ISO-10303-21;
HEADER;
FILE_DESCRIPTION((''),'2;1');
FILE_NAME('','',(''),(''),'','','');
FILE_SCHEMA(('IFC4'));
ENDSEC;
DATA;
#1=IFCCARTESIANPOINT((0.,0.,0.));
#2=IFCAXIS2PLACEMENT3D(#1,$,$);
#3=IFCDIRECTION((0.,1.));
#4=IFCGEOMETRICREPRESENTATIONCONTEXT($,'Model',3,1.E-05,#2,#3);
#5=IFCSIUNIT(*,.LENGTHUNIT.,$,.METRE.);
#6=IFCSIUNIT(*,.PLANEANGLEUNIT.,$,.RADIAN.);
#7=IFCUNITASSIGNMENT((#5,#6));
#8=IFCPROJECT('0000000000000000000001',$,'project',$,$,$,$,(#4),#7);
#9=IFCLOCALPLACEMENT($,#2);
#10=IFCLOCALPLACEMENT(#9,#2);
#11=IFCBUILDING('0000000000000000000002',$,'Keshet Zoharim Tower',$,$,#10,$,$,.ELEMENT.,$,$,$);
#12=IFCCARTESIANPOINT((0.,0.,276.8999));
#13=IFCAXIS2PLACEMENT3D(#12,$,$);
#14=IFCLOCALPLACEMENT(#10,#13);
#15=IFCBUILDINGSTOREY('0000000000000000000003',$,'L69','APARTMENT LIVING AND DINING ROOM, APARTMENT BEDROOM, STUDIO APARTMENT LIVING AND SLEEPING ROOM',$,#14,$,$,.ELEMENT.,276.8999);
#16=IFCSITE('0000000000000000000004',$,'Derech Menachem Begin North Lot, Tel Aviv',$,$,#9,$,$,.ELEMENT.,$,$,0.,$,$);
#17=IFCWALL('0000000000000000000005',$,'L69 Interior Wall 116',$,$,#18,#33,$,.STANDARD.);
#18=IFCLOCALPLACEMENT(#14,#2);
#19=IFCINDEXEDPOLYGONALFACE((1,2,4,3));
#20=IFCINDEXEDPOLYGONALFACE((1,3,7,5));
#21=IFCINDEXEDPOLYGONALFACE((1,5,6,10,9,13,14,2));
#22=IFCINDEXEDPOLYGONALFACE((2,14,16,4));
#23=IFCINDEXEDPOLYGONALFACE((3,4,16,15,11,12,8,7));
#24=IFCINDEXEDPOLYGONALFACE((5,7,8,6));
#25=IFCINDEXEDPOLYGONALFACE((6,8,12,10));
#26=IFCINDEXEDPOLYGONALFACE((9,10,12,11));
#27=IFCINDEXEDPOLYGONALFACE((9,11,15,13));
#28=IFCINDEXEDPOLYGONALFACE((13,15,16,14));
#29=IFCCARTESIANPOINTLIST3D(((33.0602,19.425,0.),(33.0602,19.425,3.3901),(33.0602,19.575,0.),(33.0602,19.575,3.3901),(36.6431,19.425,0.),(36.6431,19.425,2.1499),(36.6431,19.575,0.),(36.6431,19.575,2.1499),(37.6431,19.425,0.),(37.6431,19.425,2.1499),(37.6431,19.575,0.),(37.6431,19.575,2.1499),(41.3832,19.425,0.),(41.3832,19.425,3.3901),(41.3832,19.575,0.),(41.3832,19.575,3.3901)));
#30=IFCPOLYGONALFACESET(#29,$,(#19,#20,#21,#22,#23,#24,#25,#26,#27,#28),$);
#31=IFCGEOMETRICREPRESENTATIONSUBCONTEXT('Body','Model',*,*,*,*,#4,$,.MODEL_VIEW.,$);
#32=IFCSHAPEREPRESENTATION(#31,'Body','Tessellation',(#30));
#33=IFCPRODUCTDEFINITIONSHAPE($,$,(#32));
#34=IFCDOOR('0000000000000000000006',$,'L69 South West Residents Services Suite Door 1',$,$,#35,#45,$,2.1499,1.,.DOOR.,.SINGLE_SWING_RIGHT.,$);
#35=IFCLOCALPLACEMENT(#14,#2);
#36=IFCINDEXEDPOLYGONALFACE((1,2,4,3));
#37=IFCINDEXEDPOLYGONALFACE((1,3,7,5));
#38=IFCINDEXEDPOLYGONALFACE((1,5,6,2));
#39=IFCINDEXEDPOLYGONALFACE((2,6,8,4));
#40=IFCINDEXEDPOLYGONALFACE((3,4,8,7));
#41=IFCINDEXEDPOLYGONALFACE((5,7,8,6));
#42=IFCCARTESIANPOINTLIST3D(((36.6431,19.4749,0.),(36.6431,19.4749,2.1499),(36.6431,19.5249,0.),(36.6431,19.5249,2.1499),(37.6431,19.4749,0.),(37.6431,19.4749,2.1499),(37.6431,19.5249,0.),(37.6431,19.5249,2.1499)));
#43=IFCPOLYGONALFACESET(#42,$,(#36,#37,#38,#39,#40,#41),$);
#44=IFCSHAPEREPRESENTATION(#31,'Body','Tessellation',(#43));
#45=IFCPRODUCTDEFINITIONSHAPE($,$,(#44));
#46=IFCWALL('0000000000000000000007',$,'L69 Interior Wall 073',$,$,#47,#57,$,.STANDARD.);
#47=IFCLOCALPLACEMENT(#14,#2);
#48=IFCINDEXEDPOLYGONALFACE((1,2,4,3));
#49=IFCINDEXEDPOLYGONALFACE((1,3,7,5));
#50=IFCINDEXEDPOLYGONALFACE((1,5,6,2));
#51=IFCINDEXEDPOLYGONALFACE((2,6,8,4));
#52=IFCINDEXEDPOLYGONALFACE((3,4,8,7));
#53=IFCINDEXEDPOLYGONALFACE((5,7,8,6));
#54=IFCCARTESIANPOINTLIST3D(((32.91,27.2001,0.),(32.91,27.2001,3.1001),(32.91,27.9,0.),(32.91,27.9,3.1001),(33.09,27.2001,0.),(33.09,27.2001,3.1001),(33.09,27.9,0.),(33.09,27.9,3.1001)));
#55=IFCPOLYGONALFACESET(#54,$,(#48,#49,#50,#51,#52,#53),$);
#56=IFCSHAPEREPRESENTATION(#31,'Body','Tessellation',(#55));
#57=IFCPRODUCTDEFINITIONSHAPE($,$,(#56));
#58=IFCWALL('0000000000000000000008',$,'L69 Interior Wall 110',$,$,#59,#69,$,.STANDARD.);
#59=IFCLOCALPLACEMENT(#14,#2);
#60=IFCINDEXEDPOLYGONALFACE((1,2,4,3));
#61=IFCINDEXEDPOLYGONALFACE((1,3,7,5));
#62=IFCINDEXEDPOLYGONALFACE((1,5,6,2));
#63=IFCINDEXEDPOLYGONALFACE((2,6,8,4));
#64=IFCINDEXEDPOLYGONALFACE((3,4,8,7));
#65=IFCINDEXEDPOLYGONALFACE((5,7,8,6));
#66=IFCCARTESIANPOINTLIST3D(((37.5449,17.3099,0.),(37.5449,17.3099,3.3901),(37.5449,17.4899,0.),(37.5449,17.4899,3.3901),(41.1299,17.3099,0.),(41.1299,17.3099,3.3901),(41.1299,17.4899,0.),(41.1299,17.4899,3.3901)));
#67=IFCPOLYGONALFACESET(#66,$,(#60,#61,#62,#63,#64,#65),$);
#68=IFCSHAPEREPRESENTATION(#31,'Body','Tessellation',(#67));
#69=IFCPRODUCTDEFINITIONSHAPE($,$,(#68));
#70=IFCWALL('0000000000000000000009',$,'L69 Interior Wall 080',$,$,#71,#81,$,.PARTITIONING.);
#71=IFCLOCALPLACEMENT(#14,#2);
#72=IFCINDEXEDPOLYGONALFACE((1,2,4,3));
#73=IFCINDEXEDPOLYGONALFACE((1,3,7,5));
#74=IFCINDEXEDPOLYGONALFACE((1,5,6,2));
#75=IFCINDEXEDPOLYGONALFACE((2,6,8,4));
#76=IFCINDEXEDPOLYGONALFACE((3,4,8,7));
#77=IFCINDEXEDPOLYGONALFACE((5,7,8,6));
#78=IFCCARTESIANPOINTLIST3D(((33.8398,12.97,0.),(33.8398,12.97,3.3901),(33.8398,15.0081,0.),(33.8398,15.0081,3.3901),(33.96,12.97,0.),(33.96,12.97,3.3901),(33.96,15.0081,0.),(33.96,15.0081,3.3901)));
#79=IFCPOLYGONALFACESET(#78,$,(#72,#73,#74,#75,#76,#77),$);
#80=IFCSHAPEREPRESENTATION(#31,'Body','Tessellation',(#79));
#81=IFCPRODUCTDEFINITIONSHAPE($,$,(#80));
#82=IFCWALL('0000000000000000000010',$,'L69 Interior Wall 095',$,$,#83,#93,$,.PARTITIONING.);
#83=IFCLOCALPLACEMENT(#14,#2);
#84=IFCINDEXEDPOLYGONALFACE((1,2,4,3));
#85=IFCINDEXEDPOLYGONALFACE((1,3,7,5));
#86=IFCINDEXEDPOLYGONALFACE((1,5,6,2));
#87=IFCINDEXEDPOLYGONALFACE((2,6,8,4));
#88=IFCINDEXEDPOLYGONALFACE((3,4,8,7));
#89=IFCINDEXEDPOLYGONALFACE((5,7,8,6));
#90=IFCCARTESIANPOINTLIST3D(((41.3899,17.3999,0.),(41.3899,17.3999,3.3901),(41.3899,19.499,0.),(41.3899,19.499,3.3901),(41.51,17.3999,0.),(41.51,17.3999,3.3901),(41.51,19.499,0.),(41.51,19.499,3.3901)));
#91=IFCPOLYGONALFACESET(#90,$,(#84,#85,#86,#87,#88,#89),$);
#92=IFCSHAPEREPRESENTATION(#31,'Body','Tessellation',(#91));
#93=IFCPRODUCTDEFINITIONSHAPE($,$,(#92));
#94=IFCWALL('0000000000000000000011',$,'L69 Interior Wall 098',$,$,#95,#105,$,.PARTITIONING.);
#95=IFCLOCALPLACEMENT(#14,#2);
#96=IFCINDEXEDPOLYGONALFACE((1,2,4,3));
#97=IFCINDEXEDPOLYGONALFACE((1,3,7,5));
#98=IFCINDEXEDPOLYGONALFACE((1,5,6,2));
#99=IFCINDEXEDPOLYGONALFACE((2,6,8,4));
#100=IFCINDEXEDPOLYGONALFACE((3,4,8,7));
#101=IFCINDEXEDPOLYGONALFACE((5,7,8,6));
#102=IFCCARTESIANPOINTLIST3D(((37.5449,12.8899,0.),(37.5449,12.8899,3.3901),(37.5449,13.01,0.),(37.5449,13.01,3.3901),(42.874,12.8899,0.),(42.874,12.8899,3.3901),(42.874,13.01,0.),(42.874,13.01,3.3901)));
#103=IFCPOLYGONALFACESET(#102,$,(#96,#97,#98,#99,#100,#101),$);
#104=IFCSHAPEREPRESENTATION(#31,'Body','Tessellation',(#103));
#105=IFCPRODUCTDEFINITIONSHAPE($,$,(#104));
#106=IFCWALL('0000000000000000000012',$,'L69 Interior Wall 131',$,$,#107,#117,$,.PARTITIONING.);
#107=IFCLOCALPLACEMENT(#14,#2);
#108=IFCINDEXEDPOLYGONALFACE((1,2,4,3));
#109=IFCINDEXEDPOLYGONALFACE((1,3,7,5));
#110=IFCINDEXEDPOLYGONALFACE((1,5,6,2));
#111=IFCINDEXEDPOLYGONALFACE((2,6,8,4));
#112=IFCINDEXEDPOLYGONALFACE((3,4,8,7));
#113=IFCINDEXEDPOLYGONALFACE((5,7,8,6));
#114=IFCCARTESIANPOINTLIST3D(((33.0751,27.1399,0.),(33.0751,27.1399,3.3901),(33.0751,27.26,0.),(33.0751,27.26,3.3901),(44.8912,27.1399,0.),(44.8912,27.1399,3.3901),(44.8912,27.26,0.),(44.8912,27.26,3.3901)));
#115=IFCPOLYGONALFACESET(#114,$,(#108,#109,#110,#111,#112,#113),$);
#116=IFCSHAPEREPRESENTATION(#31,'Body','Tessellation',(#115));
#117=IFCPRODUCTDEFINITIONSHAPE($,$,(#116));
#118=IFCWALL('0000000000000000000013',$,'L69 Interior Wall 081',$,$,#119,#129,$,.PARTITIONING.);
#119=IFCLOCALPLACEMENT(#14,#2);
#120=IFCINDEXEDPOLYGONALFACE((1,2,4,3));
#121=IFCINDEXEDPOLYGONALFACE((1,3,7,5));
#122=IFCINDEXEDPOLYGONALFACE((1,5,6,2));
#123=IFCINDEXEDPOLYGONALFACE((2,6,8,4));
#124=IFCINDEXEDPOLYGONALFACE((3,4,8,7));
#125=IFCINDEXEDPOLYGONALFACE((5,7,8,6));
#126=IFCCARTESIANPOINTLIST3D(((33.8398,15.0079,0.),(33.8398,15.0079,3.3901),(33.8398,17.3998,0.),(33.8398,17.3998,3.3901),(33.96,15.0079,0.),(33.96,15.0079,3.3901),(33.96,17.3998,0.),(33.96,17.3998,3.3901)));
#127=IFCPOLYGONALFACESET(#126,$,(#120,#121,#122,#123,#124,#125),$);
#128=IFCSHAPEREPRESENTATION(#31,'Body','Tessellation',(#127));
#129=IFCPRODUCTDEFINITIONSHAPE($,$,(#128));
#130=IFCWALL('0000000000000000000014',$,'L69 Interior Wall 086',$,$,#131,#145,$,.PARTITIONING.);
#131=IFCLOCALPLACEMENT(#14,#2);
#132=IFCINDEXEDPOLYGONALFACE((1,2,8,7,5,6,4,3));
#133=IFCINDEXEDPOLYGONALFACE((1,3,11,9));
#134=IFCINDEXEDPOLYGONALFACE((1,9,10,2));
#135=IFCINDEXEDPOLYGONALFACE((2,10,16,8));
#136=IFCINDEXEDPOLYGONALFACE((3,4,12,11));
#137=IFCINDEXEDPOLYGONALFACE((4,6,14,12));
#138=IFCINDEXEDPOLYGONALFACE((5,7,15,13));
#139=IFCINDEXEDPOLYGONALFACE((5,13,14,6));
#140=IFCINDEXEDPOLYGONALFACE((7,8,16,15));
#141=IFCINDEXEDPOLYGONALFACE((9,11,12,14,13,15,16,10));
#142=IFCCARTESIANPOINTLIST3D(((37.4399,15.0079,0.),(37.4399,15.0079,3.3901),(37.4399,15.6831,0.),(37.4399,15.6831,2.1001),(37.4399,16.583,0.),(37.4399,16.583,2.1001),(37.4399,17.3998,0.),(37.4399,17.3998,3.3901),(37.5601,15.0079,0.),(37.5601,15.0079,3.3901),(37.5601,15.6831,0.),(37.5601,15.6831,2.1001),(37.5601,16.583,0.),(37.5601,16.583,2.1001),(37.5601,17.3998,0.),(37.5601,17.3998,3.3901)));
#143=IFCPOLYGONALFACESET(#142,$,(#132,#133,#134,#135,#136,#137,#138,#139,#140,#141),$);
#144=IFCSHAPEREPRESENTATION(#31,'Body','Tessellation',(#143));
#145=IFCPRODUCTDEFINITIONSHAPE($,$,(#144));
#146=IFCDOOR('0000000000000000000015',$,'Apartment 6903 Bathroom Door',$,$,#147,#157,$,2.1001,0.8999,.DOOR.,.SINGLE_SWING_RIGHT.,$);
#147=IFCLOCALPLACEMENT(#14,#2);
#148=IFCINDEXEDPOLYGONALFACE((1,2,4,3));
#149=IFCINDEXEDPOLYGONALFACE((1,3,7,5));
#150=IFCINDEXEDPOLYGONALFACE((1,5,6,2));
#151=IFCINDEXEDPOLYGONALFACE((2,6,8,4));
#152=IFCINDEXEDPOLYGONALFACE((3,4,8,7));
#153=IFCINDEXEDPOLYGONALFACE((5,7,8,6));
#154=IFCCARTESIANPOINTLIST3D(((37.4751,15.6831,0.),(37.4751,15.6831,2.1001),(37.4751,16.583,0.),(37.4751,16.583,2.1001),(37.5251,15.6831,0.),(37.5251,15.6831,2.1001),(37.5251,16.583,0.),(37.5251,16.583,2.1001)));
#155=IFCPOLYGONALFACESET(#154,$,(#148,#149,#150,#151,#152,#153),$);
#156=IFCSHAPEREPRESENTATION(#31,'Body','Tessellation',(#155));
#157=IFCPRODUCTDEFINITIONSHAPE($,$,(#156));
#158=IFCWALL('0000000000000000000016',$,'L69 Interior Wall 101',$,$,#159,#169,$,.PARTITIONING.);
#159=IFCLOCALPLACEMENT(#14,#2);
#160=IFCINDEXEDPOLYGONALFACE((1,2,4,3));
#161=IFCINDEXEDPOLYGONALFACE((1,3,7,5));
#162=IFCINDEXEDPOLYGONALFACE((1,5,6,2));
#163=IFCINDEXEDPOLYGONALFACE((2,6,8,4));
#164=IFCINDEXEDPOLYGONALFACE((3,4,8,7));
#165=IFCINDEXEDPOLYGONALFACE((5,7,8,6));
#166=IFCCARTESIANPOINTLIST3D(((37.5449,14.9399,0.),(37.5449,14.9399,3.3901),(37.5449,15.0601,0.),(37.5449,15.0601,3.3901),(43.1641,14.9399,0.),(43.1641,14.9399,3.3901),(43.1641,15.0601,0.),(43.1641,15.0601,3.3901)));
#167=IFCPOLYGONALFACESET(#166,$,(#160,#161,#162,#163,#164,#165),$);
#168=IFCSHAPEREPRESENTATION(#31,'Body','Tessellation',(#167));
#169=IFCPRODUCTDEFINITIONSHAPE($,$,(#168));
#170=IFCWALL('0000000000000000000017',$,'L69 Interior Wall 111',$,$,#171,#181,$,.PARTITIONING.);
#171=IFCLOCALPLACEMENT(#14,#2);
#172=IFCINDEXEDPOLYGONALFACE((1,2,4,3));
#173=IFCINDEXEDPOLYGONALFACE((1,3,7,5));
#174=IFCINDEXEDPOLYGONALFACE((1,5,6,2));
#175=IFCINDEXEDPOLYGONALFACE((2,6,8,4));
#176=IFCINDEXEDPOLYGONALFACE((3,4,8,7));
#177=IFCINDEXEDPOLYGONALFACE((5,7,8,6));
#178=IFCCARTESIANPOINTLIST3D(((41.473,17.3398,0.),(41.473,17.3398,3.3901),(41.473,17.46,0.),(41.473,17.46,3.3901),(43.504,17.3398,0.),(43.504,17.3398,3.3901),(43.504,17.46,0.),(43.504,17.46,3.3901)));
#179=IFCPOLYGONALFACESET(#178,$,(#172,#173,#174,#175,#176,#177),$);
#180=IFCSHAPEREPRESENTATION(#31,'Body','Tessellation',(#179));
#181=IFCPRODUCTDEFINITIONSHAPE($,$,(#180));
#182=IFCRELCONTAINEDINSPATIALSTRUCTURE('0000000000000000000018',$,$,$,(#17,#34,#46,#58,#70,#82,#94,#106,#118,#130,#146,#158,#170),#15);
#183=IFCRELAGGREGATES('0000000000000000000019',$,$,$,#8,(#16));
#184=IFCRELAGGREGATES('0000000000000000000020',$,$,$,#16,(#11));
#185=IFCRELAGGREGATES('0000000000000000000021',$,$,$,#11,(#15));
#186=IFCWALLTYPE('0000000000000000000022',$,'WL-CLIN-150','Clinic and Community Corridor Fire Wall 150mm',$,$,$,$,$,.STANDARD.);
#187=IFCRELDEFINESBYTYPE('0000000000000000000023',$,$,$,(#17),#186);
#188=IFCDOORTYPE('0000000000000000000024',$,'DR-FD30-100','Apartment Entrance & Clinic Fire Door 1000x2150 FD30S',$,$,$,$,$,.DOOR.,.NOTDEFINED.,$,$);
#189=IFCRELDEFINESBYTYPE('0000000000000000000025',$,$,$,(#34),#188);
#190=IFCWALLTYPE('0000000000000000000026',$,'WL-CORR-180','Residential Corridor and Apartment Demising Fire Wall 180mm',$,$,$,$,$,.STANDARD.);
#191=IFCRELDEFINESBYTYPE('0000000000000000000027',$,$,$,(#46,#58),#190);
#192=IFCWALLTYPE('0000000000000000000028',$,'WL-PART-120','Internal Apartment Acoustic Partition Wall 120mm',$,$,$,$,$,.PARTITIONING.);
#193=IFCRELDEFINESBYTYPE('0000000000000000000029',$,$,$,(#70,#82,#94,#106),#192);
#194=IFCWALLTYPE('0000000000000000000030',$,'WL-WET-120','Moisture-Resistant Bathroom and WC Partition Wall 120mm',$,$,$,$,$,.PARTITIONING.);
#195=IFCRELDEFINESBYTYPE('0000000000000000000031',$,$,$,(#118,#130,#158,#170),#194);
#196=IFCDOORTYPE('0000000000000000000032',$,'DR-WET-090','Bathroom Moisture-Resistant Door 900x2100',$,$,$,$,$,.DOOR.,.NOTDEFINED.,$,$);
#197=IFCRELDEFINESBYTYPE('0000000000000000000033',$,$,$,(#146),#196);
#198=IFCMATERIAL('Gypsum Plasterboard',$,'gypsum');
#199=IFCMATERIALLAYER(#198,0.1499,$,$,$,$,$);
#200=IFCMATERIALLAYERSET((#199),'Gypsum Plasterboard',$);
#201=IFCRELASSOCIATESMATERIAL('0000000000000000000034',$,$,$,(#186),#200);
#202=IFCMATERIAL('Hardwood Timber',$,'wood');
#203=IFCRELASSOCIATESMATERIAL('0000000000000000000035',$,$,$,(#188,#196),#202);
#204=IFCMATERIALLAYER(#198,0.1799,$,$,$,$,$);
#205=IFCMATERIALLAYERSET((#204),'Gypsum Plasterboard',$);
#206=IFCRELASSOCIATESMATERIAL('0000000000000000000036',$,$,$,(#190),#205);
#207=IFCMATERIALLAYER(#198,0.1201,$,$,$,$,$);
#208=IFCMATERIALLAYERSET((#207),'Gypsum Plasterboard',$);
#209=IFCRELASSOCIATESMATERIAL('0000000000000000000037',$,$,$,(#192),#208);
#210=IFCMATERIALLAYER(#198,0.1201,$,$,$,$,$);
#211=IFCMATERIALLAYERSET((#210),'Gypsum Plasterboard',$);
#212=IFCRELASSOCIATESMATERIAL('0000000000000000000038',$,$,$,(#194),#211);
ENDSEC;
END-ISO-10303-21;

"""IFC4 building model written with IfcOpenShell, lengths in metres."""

from ifc_helpers import new_model, si_unit, direction, frame, frame_2d, origin, place, context, subcontext, project, spatial, rectangle, extrude, material, layer, layer_set, type_object, element, fill, save


model = new_model("IFC4")

# Units and contexts
model_context = context("Model", 3, precision=1e-05, world=origin(), true_north=direction((0.0, 1.0)))
body_context = subcontext(model_context, "Body", "Model", "MODEL_VIEW")
ifc_project = project(units=[si_unit("LENGTHUNIT", "METRE"), si_unit("PLANEANGLEUNIT", "RADIAN")], contexts=[model_context])

# Site, building, storey
site_placement = place(None, origin())
site = spatial("IfcSite", under=ifc_project, at=site_placement, Name="Derech Menachem Begin North Lot, Tel Aviv", CompositionType="ELEMENT", RefElevation=0.0)
building_placement = place(site_placement, origin())
building = spatial("IfcBuilding", under=site, at=building_placement, Name="Keshet Zoharim Tower", CompositionType="ELEMENT")
storey_placement = place(building_placement, frame((0.0, 0.0, 276.8999)))
storey = spatial("IfcBuildingStorey", under=building, at=storey_placement, Name="L69", Description="APARTMENT LIVING AND DINING ROOM, APARTMENT BEDROOM, STUDIO APARTMENT LIVING AND SLEEPING ROOM", CompositionType="ELEMENT", Elevation=276.8999)

# Wall, opening, door
ifc_material_1 = material(Name="Gypsum Plasterboard", Category="gypsum")
ifc_layer_1 = layer(ifc_material_1, 0.1499)
ifc_layer_set_1 = layer_set([ifc_layer_1], Name="Gypsum Plasterboard")
wall_type_1 = type_object("IfcWallType", Name="WL-CLIN-150", Description="Clinic and Community Corridor Fire Wall 150mm", PredefinedType="STANDARD", material=ifc_layer_set_1)
wall_1_placement = place(storey_placement, frame((33.0601, 19.5, 0.0), z_axis=(0.0, 0.0, 1.0), x_axis=(1.0, 0.0, 0.0)))
wall_1 = element("IfcWall", 1, at=wall_1_placement, inside=storey, type_object=wall_type_1, Name="L69 Interior Wall 116", PredefinedType="STANDARD", context=body_context, shape_type="SweptSolid", body=[
    extrude(rectangle(XDim=8.323, YDim=0.1499, at=frame_2d((4.1616, 0.0))), origin(), (0.0, 0.0, 1.0), 3.3901),
])
opening_1_placement = place(wall_1_placement, frame((3.583, 0.0, 0.0)))
opening_1 = element("IfcOpeningElement", 2, at=opening_1_placement, cuts=wall_1, PredefinedType="OPENING", context=body_context, shape_type="SweptSolid", body=[
    extrude(rectangle(XDim=1.0, YDim=2.1499, at=frame_2d((0.5, 1.075))), frame((0.0, 0.085, 0.0), z_axis=(0.0, -1.0, 0.0), x_axis=(1.0, 0.0, 0.0)), (0.0, 0.0, 1.0), 0.1699),
])
ifc_material_2 = material(Name="Hardwood Timber", Category="wood")
door_type_1 = type_object("IfcDoorType", Name="DR-FD30-100", Description="Apartment Entrance & Clinic Fire Door 1000x2150 FD30S", OperationType="NOTDEFINED", PredefinedType="DOOR", material=ifc_material_2)
door_1_placement = place(opening_1_placement, origin())
door_1 = element("IfcDoor", 3, at=door_1_placement, inside=storey, type_object=door_type_1, Name="L69 South West Residents Services Suite Door 1", OperationType="SINGLE_SWING_RIGHT", OverallHeight=2.1499, OverallWidth=1.0, PredefinedType="DOOR", context=body_context, shape_type="SweptSolid", body=[
    extrude(rectangle(XDim=1.0, YDim=2.1499, at=frame_2d((0.5, 1.075))), frame((0.0, 0.0249, 0.0), z_axis=(0.0, -1.0, 0.0), x_axis=(1.0, 0.0, 0.0)), (0.0, 0.0, 1.0), 0.05),
])
fill(opening_1, door_1)

# Wall
ifc_layer_2 = layer(ifc_material_1, 0.1799)
ifc_layer_set_2 = layer_set([ifc_layer_2], Name="Gypsum Plasterboard")
wall_type_2 = type_object("IfcWallType", Name="WL-CORR-180", Description="Residential Corridor and Apartment Demising Fire Wall 180mm", PredefinedType="STANDARD", material=ifc_layer_set_2)
wall_2_placement = place(storey_placement, frame((33.0, 27.2, 0.0), z_axis=(0.0, 0.0, 1.0), x_axis=(0.0, 1.0, 0.0)))
element("IfcWall", 4, at=wall_2_placement, inside=storey, type_object=wall_type_2, Name="L69 Interior Wall 073", PredefinedType="STANDARD", context=body_context, shape_type="SweptSolid", body=[
    extrude(rectangle(XDim=0.7, YDim=0.1799, at=frame_2d((0.3501, 0.0))), origin(), (0.0, 0.0, 1.0), 3.1001),
])

# Walls
wall_3_placement = place(storey_placement, frame((37.5449, 17.3999, 0.0), z_axis=(0.0, 0.0, 1.0), x_axis=(1.0, 0.0, 0.0)))
element("IfcWall", 5, at=wall_3_placement, inside=storey, type_object=wall_type_2, Name="L69 Interior Wall 110", PredefinedType="STANDARD", context=body_context, shape_type="SweptSolid", body=[
    extrude(rectangle(XDim=3.585, YDim=0.1799, at=frame_2d((1.7925, 0.0))), origin(), (0.0, 0.0, 1.0), 3.3901),
])
ifc_layer_3 = layer(ifc_material_1, 0.1201)
ifc_layer_set_3 = layer_set([ifc_layer_3], Name="Gypsum Plasterboard")
wall_type_3 = type_object("IfcWallType", Name="WL-PART-120", Description="Internal Apartment Acoustic Partition Wall 120mm", PredefinedType="PARTITIONING", material=ifc_layer_set_3)
wall_4_placement = place(storey_placement, frame((33.8999, 12.97, 0.0), z_axis=(0.0, 0.0, 1.0), x_axis=(0.0, 1.0, 0.0)))
element("IfcWall", 6, at=wall_4_placement, inside=storey, type_object=wall_type_3, Name="L69 Interior Wall 080", PredefinedType="PARTITIONING", context=body_context, shape_type="SweptSolid", body=[
    extrude(rectangle(XDim=2.0381, YDim=0.1201, at=frame_2d((1.019, 0.0))), origin(), (0.0, 0.0, 1.0), 3.3901),
])

# Walls
wall_5_placement = place(storey_placement, frame((41.45, 17.3999, 0.0), z_axis=(0.0, 0.0, 1.0), x_axis=(0.0, 1.0, 0.0)))
element("IfcWall", 7, at=wall_5_placement, inside=storey, type_object=wall_type_3, Name="L69 Interior Wall 095", PredefinedType="PARTITIONING", context=body_context, shape_type="SweptSolid", body=[
    extrude(rectangle(XDim=2.0991, YDim=0.1201, at=frame_2d((1.0496, 0.0))), origin(), (0.0, 0.0, 1.0), 3.3901),
])
wall_6_placement = place(storey_placement, frame((37.5449, 12.95, 0.0), z_axis=(0.0, 0.0, 1.0), x_axis=(1.0, 0.0, 0.0)))
element("IfcWall", 8, at=wall_6_placement, inside=storey, type_object=wall_type_3, Name="L69 Interior Wall 098", PredefinedType="PARTITIONING", context=body_context, shape_type="SweptSolid", body=[
    extrude(rectangle(XDim=5.3291, YDim=0.1201, at=frame_2d((2.6646, 0.0))), origin(), (0.0, 0.0, 1.0), 3.3901),
])
wall_7_placement = place(storey_placement, frame((33.075, 27.2, 0.0), z_axis=(0.0, 0.0, 1.0), x_axis=(1.0, 0.0, 0.0)))
element("IfcWall", 9, at=wall_7_placement, inside=storey, type_object=wall_type_3, Name="L69 Interior Wall 131", PredefinedType="PARTITIONING", context=body_context, shape_type="SweptSolid", body=[
    extrude(rectangle(XDim=11.8162, YDim=0.1201, at=frame_2d((5.9082, 0.0))), origin(), (0.0, 0.0, 1.0), 3.3901),
])
ifc_layer_4 = layer(ifc_material_1, 0.1201)
ifc_layer_set_4 = layer_set([ifc_layer_4], Name="Gypsum Plasterboard")
wall_type_4 = type_object("IfcWallType", Name="WL-WET-120", Description="Moisture-Resistant Bathroom and WC Partition Wall 120mm", PredefinedType="PARTITIONING", material=ifc_layer_set_4)
wall_8_placement = place(storey_placement, frame((33.8999, 15.0081, 0.0), z_axis=(0.0, 0.0, 1.0), x_axis=(0.0, 1.0, 0.0)))
element("IfcWall", 10, at=wall_8_placement, inside=storey, type_object=wall_type_4, Name="L69 Interior Wall 081", PredefinedType="PARTITIONING", context=body_context, shape_type="SweptSolid", body=[
    extrude(rectangle(XDim=2.3918, YDim=0.1201, at=frame_2d((1.1958, 0.0))), origin(), (0.0, 0.0, 1.0), 3.3901),
])

# Wall, opening, door
wall_9_placement = place(storey_placement, frame((37.5, 15.0081, 0.0), z_axis=(0.0, 0.0, 1.0), x_axis=(0.0, 1.0, 0.0)))
wall_9 = element("IfcWall", 11, at=wall_9_placement, inside=storey, type_object=wall_type_4, Name="L69 Interior Wall 086", PredefinedType="PARTITIONING", context=body_context, shape_type="SweptSolid", body=[
    extrude(rectangle(XDim=2.3918, YDim=0.1201, at=frame_2d((1.1958, 0.0))), origin(), (0.0, 0.0, 1.0), 3.3901),
])
opening_2_placement = place(wall_9_placement, frame((0.675, 0.0, 0.0)))
opening_2 = element("IfcOpeningElement", 12, at=opening_2_placement, cuts=wall_9, PredefinedType="OPENING", context=body_context, shape_type="SweptSolid", body=[
    extrude(rectangle(XDim=0.8999, YDim=2.1001, at=frame_2d((0.45, 1.05))), frame((0.0, 0.0701, 0.0), z_axis=(0.0, -1.0, 0.0), x_axis=(1.0, 0.0, 0.0)), (0.0, 0.0, 1.0), 0.1401),
])
door_type_2 = type_object("IfcDoorType", Name="DR-WET-090", Description="Bathroom Moisture-Resistant Door 900x2100", OperationType="NOTDEFINED", PredefinedType="DOOR", material=ifc_material_2)
door_2_placement = place(opening_2_placement, origin())
door_2 = element("IfcDoor", 13, at=door_2_placement, inside=storey, type_object=door_type_2, Name="Apartment 6903 Bathroom Door", OperationType="SINGLE_SWING_RIGHT", OverallHeight=2.1001, OverallWidth=0.8999, PredefinedType="DOOR", context=body_context, shape_type="SweptSolid", body=[
    extrude(rectangle(XDim=0.8999, YDim=2.1001, at=frame_2d((0.45, 1.05))), frame((0.0, 0.0249, 0.0), z_axis=(0.0, -1.0, 0.0), x_axis=(1.0, 0.0, 0.0)), (0.0, 0.0, 1.0), 0.05),
])
fill(opening_2, door_2)

# Walls
wall_10_placement = place(storey_placement, frame((37.5449, 15.0, 0.0), z_axis=(0.0, 0.0, 1.0), x_axis=(1.0, 0.0, 0.0)))
element("IfcWall", 14, at=wall_10_placement, inside=storey, type_object=wall_type_4, Name="L69 Interior Wall 101", PredefinedType="PARTITIONING", context=body_context, shape_type="SweptSolid", body=[
    extrude(rectangle(XDim=5.6191, YDim=0.1201, at=frame_2d((2.8096, 0.0))), origin(), (0.0, 0.0, 1.0), 3.3901),
])
wall_11_placement = place(storey_placement, frame((41.4729, 17.3999, 0.0), z_axis=(0.0, 0.0, 1.0), x_axis=(1.0, 0.0, 0.0)))
element("IfcWall", 15, at=wall_11_placement, inside=storey, type_object=wall_type_4, Name="L69 Interior Wall 111", PredefinedType="PARTITIONING", context=body_context, shape_type="SweptSolid", body=[
    extrude(rectangle(XDim=2.031, YDim=0.1201, at=frame_2d((1.0156, 0.0))), origin(), (0.0, 0.0, 1.0), 3.3901),
])

save(model, "model.ifc")
